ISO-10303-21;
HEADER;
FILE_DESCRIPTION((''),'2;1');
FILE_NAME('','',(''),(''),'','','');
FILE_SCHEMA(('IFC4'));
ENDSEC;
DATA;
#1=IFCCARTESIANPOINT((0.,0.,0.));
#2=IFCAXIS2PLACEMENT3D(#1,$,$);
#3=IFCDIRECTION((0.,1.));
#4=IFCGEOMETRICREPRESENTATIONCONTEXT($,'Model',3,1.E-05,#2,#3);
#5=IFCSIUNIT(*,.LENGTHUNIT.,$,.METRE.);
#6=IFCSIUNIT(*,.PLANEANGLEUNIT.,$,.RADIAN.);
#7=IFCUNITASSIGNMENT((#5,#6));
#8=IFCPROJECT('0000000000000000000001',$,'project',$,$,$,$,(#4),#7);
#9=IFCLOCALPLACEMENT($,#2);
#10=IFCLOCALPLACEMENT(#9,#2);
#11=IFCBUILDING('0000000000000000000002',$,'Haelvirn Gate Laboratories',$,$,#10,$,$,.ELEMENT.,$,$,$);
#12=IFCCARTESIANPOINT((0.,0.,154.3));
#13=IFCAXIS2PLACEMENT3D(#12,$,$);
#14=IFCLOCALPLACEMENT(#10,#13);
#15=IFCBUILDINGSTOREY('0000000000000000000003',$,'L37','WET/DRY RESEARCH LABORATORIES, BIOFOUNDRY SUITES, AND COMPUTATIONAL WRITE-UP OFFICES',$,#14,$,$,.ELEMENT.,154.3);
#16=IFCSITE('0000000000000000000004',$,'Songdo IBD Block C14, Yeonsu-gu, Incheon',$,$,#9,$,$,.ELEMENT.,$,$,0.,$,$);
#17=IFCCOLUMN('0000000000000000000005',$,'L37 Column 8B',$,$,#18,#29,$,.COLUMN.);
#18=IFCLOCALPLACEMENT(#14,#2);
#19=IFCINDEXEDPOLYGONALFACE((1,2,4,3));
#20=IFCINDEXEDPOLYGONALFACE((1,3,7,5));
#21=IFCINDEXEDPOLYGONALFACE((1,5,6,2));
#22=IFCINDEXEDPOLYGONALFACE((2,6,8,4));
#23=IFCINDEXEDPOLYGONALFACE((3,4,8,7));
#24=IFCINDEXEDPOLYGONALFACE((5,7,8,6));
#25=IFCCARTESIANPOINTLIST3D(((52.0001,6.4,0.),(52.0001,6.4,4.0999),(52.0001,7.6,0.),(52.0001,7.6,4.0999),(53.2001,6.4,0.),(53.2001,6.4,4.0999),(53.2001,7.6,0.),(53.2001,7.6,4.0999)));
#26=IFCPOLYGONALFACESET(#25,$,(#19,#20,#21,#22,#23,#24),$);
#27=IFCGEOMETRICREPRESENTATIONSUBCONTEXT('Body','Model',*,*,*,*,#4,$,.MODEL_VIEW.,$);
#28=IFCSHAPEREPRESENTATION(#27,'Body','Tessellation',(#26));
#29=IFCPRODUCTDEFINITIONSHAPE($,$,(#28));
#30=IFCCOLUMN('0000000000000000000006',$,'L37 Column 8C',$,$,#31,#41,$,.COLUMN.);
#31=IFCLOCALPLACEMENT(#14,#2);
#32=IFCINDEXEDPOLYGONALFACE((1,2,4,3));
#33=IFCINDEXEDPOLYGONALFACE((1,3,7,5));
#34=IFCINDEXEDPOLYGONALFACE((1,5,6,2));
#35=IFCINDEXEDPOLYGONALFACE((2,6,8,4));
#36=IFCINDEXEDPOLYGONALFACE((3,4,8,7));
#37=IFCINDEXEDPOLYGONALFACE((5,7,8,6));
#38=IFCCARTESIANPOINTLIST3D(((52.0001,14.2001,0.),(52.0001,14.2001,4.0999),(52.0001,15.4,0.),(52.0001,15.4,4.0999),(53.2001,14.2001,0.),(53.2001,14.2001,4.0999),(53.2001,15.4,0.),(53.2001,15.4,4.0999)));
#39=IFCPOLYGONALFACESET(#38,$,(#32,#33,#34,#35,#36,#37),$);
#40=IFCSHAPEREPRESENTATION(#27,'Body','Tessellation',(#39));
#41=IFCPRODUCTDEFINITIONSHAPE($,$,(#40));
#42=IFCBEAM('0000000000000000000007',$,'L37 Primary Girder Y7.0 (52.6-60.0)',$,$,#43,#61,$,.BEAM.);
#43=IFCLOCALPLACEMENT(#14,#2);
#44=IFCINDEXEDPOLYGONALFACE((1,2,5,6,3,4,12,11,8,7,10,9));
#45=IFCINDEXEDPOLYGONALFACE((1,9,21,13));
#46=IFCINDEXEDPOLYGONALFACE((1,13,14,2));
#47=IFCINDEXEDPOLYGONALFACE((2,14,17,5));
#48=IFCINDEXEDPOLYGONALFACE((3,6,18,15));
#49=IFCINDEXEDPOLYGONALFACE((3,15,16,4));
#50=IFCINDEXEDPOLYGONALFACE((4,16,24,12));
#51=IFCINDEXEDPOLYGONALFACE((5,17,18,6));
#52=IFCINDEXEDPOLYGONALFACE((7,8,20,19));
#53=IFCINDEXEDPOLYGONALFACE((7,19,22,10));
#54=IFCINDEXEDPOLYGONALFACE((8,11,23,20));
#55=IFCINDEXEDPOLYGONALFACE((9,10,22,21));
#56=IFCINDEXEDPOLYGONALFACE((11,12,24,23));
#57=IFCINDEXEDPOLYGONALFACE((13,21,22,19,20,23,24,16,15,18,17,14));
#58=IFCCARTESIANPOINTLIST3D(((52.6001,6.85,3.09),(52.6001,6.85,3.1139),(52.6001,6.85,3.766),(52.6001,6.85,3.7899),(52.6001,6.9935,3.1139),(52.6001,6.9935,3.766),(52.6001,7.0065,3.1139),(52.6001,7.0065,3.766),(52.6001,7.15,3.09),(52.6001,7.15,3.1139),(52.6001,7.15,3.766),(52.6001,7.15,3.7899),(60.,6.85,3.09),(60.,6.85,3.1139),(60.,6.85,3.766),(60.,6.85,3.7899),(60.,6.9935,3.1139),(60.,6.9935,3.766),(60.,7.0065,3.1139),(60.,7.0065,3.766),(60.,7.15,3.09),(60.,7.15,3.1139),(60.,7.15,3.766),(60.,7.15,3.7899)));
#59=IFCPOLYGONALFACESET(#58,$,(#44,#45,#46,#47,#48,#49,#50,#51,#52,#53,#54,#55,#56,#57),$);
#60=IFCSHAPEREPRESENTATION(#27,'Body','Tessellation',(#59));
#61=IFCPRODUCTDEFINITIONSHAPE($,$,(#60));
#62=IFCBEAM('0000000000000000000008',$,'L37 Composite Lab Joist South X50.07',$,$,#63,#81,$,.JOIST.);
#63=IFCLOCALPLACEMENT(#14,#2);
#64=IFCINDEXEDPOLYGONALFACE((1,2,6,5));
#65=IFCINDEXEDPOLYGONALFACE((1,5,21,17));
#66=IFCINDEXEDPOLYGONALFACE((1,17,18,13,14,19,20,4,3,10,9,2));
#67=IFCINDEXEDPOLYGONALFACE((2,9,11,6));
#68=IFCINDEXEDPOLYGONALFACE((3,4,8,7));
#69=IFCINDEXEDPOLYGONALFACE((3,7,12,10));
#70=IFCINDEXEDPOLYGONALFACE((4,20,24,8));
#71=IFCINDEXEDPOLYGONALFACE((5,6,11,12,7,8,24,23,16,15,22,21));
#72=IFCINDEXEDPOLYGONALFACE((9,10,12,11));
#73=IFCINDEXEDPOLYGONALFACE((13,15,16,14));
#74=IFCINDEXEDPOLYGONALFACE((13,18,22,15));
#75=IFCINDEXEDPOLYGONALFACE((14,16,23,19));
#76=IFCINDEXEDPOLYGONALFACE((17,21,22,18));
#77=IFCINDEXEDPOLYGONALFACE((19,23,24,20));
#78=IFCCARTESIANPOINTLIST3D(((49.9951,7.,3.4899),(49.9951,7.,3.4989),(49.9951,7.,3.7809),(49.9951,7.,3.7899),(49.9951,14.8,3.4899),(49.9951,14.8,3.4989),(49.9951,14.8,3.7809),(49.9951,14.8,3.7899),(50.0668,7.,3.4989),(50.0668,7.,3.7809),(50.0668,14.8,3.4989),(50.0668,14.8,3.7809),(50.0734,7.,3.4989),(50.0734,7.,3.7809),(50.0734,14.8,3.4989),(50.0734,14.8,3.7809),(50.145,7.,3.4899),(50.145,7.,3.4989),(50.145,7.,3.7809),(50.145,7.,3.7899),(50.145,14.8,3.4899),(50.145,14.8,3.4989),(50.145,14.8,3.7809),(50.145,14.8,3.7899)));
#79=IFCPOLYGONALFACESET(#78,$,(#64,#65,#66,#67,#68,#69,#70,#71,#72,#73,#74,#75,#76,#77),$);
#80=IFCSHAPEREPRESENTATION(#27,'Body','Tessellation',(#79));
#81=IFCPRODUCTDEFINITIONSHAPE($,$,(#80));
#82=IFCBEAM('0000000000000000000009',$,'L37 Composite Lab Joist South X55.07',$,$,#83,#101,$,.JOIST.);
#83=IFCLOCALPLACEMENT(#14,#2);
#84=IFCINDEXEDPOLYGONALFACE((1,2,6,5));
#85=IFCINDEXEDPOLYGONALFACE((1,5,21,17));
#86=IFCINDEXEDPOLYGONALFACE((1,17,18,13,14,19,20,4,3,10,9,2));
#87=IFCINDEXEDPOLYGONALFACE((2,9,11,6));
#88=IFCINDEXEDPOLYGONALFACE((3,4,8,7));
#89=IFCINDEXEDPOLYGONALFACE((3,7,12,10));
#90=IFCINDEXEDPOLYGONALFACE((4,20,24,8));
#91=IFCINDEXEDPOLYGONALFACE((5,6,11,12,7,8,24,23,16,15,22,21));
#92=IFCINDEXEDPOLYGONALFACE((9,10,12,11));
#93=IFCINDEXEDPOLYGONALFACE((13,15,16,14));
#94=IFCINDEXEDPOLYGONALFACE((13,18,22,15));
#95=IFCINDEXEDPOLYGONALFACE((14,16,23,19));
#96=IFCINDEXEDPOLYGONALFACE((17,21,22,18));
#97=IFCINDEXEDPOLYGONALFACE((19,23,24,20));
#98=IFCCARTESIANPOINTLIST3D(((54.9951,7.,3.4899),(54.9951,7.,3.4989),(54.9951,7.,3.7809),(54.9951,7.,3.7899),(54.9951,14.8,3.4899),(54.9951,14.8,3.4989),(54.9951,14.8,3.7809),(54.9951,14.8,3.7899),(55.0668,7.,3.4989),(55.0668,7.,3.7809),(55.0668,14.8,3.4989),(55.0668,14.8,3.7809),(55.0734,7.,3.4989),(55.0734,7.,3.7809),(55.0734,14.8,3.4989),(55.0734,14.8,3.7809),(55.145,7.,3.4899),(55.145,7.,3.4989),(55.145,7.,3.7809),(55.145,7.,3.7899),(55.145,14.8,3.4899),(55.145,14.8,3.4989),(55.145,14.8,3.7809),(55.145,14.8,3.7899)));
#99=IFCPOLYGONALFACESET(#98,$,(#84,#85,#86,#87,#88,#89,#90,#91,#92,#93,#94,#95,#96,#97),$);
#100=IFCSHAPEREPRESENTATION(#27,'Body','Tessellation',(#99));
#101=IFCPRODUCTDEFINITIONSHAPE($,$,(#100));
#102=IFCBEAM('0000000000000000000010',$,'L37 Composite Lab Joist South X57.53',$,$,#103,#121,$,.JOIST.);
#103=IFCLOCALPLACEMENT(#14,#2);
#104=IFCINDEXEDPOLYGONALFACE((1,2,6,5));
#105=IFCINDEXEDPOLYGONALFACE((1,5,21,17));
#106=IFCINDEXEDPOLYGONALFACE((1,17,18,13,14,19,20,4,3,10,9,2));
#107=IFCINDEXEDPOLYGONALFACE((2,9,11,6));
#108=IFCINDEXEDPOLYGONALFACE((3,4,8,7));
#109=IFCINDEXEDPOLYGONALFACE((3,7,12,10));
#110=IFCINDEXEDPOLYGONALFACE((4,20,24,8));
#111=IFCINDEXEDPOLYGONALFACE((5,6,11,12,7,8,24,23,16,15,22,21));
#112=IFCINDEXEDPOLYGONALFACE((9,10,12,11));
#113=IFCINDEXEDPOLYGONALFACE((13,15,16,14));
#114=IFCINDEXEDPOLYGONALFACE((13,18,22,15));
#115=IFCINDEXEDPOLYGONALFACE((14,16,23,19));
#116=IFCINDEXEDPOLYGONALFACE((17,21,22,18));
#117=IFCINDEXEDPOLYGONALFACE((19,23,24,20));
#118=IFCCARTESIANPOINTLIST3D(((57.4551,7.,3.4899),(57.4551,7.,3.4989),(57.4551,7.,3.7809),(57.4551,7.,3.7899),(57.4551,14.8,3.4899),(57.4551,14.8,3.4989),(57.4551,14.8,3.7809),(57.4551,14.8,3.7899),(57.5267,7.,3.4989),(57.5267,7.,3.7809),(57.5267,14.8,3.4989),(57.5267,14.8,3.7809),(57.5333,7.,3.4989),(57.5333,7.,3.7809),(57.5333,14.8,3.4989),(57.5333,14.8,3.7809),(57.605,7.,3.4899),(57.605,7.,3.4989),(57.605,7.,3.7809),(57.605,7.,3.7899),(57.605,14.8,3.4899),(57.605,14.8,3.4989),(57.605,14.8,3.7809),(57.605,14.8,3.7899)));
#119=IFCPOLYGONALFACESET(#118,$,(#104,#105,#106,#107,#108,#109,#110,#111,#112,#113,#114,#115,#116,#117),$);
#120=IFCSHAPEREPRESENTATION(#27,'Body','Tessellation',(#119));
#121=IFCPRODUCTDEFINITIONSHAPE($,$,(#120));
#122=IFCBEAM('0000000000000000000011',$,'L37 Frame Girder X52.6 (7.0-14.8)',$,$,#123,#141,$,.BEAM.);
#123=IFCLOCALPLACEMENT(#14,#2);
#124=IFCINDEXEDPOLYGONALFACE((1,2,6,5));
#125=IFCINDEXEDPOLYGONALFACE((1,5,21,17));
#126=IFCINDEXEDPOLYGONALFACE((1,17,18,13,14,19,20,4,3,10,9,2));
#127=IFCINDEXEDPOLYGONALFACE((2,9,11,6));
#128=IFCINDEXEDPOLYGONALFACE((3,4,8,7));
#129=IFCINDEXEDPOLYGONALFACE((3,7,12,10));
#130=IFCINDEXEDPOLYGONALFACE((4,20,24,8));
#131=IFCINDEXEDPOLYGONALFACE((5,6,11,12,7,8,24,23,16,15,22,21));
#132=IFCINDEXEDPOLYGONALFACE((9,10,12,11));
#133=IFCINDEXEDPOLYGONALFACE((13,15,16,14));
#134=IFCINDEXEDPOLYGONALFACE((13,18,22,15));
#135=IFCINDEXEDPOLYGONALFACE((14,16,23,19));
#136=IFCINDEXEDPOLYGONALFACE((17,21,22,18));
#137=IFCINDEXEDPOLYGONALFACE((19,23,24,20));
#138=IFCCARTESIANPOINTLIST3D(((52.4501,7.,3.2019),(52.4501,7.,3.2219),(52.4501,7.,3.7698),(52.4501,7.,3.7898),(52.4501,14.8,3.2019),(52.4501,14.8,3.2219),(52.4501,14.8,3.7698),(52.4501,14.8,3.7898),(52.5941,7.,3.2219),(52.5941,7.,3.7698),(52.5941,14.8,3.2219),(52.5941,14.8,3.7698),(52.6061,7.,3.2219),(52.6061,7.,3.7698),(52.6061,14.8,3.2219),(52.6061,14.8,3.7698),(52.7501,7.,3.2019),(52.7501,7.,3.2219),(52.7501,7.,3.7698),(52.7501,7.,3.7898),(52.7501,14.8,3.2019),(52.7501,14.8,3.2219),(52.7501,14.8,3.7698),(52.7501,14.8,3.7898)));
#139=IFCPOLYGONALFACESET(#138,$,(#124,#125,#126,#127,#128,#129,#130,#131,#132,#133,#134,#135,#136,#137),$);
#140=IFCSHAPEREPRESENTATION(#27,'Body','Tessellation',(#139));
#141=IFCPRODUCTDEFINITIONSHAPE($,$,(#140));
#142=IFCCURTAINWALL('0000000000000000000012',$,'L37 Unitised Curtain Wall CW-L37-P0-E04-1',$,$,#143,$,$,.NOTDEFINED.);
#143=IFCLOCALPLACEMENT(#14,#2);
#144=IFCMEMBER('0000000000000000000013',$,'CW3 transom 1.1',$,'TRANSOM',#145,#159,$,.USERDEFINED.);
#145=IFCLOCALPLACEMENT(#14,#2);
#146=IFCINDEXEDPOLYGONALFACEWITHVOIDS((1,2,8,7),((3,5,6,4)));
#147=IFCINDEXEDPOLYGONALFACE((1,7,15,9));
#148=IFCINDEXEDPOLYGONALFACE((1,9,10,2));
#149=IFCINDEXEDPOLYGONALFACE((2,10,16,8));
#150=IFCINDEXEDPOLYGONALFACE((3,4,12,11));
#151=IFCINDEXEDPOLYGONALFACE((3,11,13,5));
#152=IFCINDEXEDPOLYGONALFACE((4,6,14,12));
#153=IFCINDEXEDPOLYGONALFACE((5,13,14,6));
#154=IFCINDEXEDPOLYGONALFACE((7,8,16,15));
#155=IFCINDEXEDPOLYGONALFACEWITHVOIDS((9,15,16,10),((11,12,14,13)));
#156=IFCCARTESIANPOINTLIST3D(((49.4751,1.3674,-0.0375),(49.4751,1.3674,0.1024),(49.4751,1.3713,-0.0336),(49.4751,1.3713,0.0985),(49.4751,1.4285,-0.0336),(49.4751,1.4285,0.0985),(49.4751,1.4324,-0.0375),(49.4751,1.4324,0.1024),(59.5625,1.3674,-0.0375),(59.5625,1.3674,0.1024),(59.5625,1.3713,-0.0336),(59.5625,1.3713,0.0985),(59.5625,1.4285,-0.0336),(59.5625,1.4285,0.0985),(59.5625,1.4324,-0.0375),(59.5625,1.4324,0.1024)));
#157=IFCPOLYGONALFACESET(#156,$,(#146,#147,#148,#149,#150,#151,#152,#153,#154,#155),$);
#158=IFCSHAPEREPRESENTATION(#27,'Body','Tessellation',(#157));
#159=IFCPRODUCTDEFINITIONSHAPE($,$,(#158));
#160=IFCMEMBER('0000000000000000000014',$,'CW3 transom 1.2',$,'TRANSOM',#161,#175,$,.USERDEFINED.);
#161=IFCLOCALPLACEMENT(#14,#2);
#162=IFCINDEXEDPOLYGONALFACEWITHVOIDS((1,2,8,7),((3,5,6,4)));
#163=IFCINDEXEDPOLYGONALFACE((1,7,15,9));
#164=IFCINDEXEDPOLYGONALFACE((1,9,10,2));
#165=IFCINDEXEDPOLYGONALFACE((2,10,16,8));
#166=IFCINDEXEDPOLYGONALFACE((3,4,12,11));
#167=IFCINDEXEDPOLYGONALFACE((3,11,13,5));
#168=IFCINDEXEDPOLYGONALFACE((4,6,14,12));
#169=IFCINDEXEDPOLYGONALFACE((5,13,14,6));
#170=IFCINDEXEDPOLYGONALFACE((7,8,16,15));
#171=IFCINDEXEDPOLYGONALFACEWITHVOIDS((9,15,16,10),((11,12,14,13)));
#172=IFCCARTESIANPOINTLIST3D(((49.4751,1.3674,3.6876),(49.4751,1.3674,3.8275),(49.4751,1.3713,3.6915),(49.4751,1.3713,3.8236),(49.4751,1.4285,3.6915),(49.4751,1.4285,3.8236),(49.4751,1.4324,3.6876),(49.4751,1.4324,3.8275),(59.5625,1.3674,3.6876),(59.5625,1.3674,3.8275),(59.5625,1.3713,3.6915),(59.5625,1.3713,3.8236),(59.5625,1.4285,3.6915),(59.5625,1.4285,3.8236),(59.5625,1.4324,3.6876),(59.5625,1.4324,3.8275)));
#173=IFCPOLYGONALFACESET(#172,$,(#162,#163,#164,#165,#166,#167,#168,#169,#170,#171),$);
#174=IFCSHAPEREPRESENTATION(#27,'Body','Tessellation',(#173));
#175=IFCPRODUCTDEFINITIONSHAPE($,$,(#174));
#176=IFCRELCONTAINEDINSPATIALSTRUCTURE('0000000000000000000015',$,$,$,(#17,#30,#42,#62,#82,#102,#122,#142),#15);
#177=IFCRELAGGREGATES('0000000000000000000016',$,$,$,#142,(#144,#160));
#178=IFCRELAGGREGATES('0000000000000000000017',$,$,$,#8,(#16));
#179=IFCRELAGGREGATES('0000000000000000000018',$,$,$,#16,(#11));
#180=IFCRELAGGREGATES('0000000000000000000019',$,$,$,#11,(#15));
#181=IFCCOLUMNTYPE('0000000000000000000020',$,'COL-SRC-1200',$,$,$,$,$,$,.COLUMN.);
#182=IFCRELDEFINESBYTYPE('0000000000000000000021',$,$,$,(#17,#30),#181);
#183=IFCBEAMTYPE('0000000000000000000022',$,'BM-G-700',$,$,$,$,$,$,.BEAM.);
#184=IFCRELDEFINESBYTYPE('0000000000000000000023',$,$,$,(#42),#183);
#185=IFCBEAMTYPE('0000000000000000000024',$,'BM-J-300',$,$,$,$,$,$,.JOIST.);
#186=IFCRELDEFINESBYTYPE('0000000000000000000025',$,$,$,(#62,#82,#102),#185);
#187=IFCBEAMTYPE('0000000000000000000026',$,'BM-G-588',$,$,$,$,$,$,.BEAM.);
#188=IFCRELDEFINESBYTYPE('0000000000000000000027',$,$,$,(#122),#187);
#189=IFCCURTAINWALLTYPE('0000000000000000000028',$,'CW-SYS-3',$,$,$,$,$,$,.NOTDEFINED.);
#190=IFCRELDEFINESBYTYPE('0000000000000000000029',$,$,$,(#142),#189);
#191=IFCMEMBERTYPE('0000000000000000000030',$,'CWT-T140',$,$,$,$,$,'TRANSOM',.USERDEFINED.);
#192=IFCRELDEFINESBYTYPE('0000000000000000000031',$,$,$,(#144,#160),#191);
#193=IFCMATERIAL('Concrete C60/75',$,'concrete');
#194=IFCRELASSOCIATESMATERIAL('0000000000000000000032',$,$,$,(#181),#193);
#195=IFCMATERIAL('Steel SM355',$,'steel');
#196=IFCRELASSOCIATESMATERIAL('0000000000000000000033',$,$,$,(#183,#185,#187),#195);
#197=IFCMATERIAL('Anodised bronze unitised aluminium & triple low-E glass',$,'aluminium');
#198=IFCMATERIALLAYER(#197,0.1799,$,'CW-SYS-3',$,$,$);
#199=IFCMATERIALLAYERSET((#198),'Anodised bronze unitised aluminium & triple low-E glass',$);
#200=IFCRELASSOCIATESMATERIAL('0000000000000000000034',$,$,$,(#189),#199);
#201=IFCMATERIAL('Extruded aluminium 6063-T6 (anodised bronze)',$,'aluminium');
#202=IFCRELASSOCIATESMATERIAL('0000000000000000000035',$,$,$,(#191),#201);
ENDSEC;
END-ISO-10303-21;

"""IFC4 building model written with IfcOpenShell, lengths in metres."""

from ifc_helpers import new_model, si_unit, direction, frame, origin, origin_2d, place, context, subcontext, project, spatial, rectangle, hollow_rectangle, i_section, extrude, source, transform, mapped, material, layer, layer_set, material_profile, profile_set, type_object, type_shapes, element, aggregate, save


model = new_model("IFC4")

# Units and contexts
model_context = context("Model", 3, precision=1e-05, world=origin(), true_north=direction((0.0, 1.0)))
body_context = subcontext(model_context, "Body", "Model", "MODEL_VIEW")
ifc_project = project(units=[si_unit("LENGTHUNIT", "METRE"), si_unit("PLANEANGLEUNIT", "RADIAN")], contexts=[model_context])

# Site, building, storey
site_placement = place(None, origin())
site = spatial("IfcSite", under=ifc_project, at=site_placement, Name="Songdo IBD Block C14, Yeonsu-gu, Incheon", CompositionType="ELEMENT", RefElevation=0.0)
building_placement = place(site_placement, origin())
building = spatial("IfcBuilding", under=site, at=building_placement, Name="Haelvirn Gate Laboratories", CompositionType="ELEMENT")
storey_placement = place(building_placement, frame((0.0, 0.0, 154.3)))
storey = spatial("IfcBuildingStorey", under=building, at=storey_placement, Name="L37", Description="WET/DRY RESEARCH LABORATORIES, BIOFOUNDRY SUITES, AND COMPUTATIONAL WRITE-UP OFFICES", CompositionType="ELEMENT", Elevation=154.3)

# Columns
ifc_material_1 = material(Name="Concrete C60/75", Category="concrete")
ifc_material_profile_1 = material_profile(ifc_material_1, rectangle(XDim=1.2, YDim=1.2, at=origin_2d()), Name="SRC-1200x1200")
ifc_profile_set_1 = profile_set([ifc_material_profile_1], Name="Concrete C60/75")
column_type = type_object("IfcColumnType", Name="COL-SRC-1200", PredefinedType="COLUMN", material=ifc_profile_set_1)
shared_shape_1 = source(origin(), body_context, "Body", "SweptSolid", [
    extrude(rectangle(XDim=1.2, YDim=1.2, at=origin_2d()), origin(), (0.0, 0.0, 1.0), 4.0999),
])
type_shapes(column_type, [shared_shape_1])
for number, where, z_axis, x_axis, name in (
    (1, (52.6001, 7.0, 0.0), (0.0, 0.0, 1.0), (1.0, 0.0, 0.0), "L37 Column 8B"),
    (2, (52.6001, 14.8, 0.0), (0.0, 0.0, 1.0), (1.0, 0.0, 0.0), "L37 Column 8C"),
):
    element("IfcColumn", number, at=place(storey_placement, frame(where, z_axis=z_axis, x_axis=x_axis)), inside=storey, type_object=column_type, Name=name, PredefinedType="COLUMN", context=body_context, shape_type="MappedRepresentation", body=[
        mapped(shared_shape_1, transform((0.0, 0.0, 0.0), scale=1.0)),
    ])

# Beams
ifc_material_2 = material(Name="Steel SM355", Category="steel")
ifc_material_profile_2 = material_profile(ifc_material_2, i_section(OverallWidth=0.3, OverallDepth=0.7, WebThickness=0.0129, FlangeThickness=0.0239, at=origin_2d()), Name="H-700x300x13x24")
ifc_profile_set_2 = profile_set([ifc_material_profile_2], Name="Steel SM355")
beam_type_1 = type_object("IfcBeamType", Name="BM-G-700", PredefinedType="BEAM", material=ifc_profile_set_2)
shared_shape_2 = source(origin(), body_context, "Body", "SweptSolid", [
    extrude(i_section(OverallWidth=0.3, OverallDepth=0.7, WebThickness=0.0129, FlangeThickness=0.0239, at=origin_2d()), origin(), (0.0, 0.0, 1.0), 7.3999),
])
type_shapes(beam_type_1, [shared_shape_2])
beam_1_placement = place(storey_placement, frame((52.6001, 7.0, 3.4399), z_axis=(1.0, 0.0, 0.0), x_axis=(0.0, 1.0, 0.0)))
element("IfcBeam", 3, at=beam_1_placement, inside=storey, type_object=beam_type_1, Name="L37 Primary Girder Y7.0 (52.6-60.0)", PredefinedType="BEAM", context=body_context, shape_type="MappedRepresentation", body=[
    mapped(shared_shape_2, transform((0.0, 0.0, 0.0), scale=1.0)),
])
ifc_material_profile_3 = material_profile(ifc_material_2, i_section(OverallWidth=0.1499, OverallDepth=0.3, WebThickness=0.0066, FlangeThickness=0.009, at=origin_2d()), Name="H-300x150x6.5x9")
ifc_profile_set_3 = profile_set([ifc_material_profile_3], Name="Steel SM355")
beam_type_2 = type_object("IfcBeamType", Name="BM-J-300", PredefinedType="JOIST", material=ifc_profile_set_3)
shared_shape_3 = source(origin(), body_context, "Body", "SweptSolid", [
    extrude(i_section(OverallWidth=0.1499, OverallDepth=0.3, WebThickness=0.0066, FlangeThickness=0.009, at=origin_2d()), origin(), (0.0, 0.0, 1.0), 7.8),
])
type_shapes(beam_type_2, [shared_shape_3])
for number, where, z_axis, x_axis, name in (
    (4, (50.0701, 7.0, 3.6399), (0.0, 1.0, 0.0), (-1.0, 0.0, 0.0), "L37 Composite Lab Joist South X50.07"),
    (5, (55.0701, 7.0, 3.6399), (0.0, 1.0, 0.0), (-1.0, 0.0, 0.0), "L37 Composite Lab Joist South X55.07"),
    (6, (57.53, 7.0, 3.6399), (0.0, 1.0, 0.0), (-1.0, 0.0, 0.0), "L37 Composite Lab Joist South X57.53"),
):
    element("IfcBeam", number, at=place(storey_placement, frame(where, z_axis=z_axis, x_axis=x_axis)), inside=storey, type_object=beam_type_2, Name=name, PredefinedType="JOIST", context=body_context, shape_type="MappedRepresentation", body=[
        mapped(shared_shape_3, transform((0.0, 0.0, 0.0), scale=1.0)),
    ])
ifc_material_profile_4 = material_profile(ifc_material_2, i_section(OverallWidth=0.3, OverallDepth=0.5879, WebThickness=0.012, FlangeThickness=0.02, at=origin_2d()), Name="H-588x300x12x20")
ifc_profile_set_4 = profile_set([ifc_material_profile_4], Name="Steel SM355")
beam_type_3 = type_object("IfcBeamType", Name="BM-G-588", PredefinedType="BEAM", material=ifc_profile_set_4)
shared_shape_4 = source(origin(), body_context, "Body", "SweptSolid", [
    extrude(i_section(OverallWidth=0.3, OverallDepth=0.5879, WebThickness=0.012, FlangeThickness=0.02, at=origin_2d()), origin(), (0.0, 0.0, 1.0), 7.8),
])
type_shapes(beam_type_3, [shared_shape_4])
beam_2_placement = place(storey_placement, frame((52.6001, 7.0, 3.4958), z_axis=(0.0, 1.0, 0.0), x_axis=(-1.0, 0.0, 0.0)))
element("IfcBeam", 7, at=beam_2_placement, inside=storey, type_object=beam_type_3, Name="L37 Frame Girder X52.6 (7.0-14.8)", PredefinedType="BEAM", context=body_context, shape_type="MappedRepresentation", body=[
    mapped(shared_shape_4, transform((0.0, 0.0, 0.0), scale=1.0)),
])

# Curtain wall, members
ifc_material_3 = material(Name="Anodised bronze unitised aluminium & triple low-E glass", Category="aluminium")
ifc_layer_1 = layer(ifc_material_3, 0.1799, Name="CW-SYS-3")
ifc_layer_set_1 = layer_set([ifc_layer_1], Name="Anodised bronze unitised aluminium & triple low-E glass")
curtain_wall_type = type_object("IfcCurtainWallType", Name="CW-SYS-3", PredefinedType="NOTDEFINED", material=ifc_layer_set_1)
curtain_wall_1_placement = place(storey_placement, origin())
curtain_wall_1 = element("IfcCurtainWall", 8, at=curtain_wall_1_placement, inside=storey, type_object=curtain_wall_type, Name="L37 Unitised Curtain Wall CW-L37-P0-E04-1", PredefinedType="NOTDEFINED")
ifc_material_4 = material(Name="Extruded aluminium 6063-T6 (anodised bronze)", Category="aluminium")
ifc_material_profile_5 = material_profile(ifc_material_4, hollow_rectangle(XDim=0.0649, YDim=0.1399, WallThickness=0.0039, at=origin_2d()), Name="CWT-140x65x4")
ifc_profile_set_5 = profile_set([ifc_material_profile_5], Name="Extruded aluminium 6063-T6 (anodised bronze)")
member_type_1 = type_object("IfcMemberType", Name="CWT-T140", ElementType="TRANSOM", PredefinedType="USERDEFINED", material=ifc_profile_set_5)
shared_shape_5 = source(origin(), body_context, "Body", "SweptSolid", [
    extrude(hollow_rectangle(XDim=0.0649, YDim=0.1399, WallThickness=0.0039, at=origin_2d()), origin(), (0.0, 0.0, 1.0), 10.0874),
])
type_shapes(member_type_1, [shared_shape_5])
member_1_placement = place(storey_placement, frame((49.4751, 1.3999, 0.0325), z_axis=(1.0, 0.0, 0.0), x_axis=(0.0, 1.0, 0.0)))
member_1 = element("IfcMember", 9, at=member_1_placement, type_object=member_type_1, Name="CW3 transom 1.1", ObjectType="TRANSOM", PredefinedType="USERDEFINED", context=body_context, shape_type="MappedRepresentation", body=[
    mapped(shared_shape_5, transform((0.0, 0.0, 0.0), scale=1.0)),
])
member_2_placement = place(storey_placement, frame((49.4751, 1.3999, 3.7576), z_axis=(1.0, 0.0, 0.0), x_axis=(0.0, 1.0, 0.0)))
member_2 = element("IfcMember", 10, at=member_2_placement, type_object=member_type_1, Name="CW3 transom 1.2", ObjectType="TRANSOM", PredefinedType="USERDEFINED", context=body_context, shape_type="MappedRepresentation", body=[
    mapped(shared_shape_5, transform((0.0, 0.0, 0.0), scale=1.0)),
])

aggregate(curtain_wall_1, [member_1, member_2])

save(model, "model.ifc")
